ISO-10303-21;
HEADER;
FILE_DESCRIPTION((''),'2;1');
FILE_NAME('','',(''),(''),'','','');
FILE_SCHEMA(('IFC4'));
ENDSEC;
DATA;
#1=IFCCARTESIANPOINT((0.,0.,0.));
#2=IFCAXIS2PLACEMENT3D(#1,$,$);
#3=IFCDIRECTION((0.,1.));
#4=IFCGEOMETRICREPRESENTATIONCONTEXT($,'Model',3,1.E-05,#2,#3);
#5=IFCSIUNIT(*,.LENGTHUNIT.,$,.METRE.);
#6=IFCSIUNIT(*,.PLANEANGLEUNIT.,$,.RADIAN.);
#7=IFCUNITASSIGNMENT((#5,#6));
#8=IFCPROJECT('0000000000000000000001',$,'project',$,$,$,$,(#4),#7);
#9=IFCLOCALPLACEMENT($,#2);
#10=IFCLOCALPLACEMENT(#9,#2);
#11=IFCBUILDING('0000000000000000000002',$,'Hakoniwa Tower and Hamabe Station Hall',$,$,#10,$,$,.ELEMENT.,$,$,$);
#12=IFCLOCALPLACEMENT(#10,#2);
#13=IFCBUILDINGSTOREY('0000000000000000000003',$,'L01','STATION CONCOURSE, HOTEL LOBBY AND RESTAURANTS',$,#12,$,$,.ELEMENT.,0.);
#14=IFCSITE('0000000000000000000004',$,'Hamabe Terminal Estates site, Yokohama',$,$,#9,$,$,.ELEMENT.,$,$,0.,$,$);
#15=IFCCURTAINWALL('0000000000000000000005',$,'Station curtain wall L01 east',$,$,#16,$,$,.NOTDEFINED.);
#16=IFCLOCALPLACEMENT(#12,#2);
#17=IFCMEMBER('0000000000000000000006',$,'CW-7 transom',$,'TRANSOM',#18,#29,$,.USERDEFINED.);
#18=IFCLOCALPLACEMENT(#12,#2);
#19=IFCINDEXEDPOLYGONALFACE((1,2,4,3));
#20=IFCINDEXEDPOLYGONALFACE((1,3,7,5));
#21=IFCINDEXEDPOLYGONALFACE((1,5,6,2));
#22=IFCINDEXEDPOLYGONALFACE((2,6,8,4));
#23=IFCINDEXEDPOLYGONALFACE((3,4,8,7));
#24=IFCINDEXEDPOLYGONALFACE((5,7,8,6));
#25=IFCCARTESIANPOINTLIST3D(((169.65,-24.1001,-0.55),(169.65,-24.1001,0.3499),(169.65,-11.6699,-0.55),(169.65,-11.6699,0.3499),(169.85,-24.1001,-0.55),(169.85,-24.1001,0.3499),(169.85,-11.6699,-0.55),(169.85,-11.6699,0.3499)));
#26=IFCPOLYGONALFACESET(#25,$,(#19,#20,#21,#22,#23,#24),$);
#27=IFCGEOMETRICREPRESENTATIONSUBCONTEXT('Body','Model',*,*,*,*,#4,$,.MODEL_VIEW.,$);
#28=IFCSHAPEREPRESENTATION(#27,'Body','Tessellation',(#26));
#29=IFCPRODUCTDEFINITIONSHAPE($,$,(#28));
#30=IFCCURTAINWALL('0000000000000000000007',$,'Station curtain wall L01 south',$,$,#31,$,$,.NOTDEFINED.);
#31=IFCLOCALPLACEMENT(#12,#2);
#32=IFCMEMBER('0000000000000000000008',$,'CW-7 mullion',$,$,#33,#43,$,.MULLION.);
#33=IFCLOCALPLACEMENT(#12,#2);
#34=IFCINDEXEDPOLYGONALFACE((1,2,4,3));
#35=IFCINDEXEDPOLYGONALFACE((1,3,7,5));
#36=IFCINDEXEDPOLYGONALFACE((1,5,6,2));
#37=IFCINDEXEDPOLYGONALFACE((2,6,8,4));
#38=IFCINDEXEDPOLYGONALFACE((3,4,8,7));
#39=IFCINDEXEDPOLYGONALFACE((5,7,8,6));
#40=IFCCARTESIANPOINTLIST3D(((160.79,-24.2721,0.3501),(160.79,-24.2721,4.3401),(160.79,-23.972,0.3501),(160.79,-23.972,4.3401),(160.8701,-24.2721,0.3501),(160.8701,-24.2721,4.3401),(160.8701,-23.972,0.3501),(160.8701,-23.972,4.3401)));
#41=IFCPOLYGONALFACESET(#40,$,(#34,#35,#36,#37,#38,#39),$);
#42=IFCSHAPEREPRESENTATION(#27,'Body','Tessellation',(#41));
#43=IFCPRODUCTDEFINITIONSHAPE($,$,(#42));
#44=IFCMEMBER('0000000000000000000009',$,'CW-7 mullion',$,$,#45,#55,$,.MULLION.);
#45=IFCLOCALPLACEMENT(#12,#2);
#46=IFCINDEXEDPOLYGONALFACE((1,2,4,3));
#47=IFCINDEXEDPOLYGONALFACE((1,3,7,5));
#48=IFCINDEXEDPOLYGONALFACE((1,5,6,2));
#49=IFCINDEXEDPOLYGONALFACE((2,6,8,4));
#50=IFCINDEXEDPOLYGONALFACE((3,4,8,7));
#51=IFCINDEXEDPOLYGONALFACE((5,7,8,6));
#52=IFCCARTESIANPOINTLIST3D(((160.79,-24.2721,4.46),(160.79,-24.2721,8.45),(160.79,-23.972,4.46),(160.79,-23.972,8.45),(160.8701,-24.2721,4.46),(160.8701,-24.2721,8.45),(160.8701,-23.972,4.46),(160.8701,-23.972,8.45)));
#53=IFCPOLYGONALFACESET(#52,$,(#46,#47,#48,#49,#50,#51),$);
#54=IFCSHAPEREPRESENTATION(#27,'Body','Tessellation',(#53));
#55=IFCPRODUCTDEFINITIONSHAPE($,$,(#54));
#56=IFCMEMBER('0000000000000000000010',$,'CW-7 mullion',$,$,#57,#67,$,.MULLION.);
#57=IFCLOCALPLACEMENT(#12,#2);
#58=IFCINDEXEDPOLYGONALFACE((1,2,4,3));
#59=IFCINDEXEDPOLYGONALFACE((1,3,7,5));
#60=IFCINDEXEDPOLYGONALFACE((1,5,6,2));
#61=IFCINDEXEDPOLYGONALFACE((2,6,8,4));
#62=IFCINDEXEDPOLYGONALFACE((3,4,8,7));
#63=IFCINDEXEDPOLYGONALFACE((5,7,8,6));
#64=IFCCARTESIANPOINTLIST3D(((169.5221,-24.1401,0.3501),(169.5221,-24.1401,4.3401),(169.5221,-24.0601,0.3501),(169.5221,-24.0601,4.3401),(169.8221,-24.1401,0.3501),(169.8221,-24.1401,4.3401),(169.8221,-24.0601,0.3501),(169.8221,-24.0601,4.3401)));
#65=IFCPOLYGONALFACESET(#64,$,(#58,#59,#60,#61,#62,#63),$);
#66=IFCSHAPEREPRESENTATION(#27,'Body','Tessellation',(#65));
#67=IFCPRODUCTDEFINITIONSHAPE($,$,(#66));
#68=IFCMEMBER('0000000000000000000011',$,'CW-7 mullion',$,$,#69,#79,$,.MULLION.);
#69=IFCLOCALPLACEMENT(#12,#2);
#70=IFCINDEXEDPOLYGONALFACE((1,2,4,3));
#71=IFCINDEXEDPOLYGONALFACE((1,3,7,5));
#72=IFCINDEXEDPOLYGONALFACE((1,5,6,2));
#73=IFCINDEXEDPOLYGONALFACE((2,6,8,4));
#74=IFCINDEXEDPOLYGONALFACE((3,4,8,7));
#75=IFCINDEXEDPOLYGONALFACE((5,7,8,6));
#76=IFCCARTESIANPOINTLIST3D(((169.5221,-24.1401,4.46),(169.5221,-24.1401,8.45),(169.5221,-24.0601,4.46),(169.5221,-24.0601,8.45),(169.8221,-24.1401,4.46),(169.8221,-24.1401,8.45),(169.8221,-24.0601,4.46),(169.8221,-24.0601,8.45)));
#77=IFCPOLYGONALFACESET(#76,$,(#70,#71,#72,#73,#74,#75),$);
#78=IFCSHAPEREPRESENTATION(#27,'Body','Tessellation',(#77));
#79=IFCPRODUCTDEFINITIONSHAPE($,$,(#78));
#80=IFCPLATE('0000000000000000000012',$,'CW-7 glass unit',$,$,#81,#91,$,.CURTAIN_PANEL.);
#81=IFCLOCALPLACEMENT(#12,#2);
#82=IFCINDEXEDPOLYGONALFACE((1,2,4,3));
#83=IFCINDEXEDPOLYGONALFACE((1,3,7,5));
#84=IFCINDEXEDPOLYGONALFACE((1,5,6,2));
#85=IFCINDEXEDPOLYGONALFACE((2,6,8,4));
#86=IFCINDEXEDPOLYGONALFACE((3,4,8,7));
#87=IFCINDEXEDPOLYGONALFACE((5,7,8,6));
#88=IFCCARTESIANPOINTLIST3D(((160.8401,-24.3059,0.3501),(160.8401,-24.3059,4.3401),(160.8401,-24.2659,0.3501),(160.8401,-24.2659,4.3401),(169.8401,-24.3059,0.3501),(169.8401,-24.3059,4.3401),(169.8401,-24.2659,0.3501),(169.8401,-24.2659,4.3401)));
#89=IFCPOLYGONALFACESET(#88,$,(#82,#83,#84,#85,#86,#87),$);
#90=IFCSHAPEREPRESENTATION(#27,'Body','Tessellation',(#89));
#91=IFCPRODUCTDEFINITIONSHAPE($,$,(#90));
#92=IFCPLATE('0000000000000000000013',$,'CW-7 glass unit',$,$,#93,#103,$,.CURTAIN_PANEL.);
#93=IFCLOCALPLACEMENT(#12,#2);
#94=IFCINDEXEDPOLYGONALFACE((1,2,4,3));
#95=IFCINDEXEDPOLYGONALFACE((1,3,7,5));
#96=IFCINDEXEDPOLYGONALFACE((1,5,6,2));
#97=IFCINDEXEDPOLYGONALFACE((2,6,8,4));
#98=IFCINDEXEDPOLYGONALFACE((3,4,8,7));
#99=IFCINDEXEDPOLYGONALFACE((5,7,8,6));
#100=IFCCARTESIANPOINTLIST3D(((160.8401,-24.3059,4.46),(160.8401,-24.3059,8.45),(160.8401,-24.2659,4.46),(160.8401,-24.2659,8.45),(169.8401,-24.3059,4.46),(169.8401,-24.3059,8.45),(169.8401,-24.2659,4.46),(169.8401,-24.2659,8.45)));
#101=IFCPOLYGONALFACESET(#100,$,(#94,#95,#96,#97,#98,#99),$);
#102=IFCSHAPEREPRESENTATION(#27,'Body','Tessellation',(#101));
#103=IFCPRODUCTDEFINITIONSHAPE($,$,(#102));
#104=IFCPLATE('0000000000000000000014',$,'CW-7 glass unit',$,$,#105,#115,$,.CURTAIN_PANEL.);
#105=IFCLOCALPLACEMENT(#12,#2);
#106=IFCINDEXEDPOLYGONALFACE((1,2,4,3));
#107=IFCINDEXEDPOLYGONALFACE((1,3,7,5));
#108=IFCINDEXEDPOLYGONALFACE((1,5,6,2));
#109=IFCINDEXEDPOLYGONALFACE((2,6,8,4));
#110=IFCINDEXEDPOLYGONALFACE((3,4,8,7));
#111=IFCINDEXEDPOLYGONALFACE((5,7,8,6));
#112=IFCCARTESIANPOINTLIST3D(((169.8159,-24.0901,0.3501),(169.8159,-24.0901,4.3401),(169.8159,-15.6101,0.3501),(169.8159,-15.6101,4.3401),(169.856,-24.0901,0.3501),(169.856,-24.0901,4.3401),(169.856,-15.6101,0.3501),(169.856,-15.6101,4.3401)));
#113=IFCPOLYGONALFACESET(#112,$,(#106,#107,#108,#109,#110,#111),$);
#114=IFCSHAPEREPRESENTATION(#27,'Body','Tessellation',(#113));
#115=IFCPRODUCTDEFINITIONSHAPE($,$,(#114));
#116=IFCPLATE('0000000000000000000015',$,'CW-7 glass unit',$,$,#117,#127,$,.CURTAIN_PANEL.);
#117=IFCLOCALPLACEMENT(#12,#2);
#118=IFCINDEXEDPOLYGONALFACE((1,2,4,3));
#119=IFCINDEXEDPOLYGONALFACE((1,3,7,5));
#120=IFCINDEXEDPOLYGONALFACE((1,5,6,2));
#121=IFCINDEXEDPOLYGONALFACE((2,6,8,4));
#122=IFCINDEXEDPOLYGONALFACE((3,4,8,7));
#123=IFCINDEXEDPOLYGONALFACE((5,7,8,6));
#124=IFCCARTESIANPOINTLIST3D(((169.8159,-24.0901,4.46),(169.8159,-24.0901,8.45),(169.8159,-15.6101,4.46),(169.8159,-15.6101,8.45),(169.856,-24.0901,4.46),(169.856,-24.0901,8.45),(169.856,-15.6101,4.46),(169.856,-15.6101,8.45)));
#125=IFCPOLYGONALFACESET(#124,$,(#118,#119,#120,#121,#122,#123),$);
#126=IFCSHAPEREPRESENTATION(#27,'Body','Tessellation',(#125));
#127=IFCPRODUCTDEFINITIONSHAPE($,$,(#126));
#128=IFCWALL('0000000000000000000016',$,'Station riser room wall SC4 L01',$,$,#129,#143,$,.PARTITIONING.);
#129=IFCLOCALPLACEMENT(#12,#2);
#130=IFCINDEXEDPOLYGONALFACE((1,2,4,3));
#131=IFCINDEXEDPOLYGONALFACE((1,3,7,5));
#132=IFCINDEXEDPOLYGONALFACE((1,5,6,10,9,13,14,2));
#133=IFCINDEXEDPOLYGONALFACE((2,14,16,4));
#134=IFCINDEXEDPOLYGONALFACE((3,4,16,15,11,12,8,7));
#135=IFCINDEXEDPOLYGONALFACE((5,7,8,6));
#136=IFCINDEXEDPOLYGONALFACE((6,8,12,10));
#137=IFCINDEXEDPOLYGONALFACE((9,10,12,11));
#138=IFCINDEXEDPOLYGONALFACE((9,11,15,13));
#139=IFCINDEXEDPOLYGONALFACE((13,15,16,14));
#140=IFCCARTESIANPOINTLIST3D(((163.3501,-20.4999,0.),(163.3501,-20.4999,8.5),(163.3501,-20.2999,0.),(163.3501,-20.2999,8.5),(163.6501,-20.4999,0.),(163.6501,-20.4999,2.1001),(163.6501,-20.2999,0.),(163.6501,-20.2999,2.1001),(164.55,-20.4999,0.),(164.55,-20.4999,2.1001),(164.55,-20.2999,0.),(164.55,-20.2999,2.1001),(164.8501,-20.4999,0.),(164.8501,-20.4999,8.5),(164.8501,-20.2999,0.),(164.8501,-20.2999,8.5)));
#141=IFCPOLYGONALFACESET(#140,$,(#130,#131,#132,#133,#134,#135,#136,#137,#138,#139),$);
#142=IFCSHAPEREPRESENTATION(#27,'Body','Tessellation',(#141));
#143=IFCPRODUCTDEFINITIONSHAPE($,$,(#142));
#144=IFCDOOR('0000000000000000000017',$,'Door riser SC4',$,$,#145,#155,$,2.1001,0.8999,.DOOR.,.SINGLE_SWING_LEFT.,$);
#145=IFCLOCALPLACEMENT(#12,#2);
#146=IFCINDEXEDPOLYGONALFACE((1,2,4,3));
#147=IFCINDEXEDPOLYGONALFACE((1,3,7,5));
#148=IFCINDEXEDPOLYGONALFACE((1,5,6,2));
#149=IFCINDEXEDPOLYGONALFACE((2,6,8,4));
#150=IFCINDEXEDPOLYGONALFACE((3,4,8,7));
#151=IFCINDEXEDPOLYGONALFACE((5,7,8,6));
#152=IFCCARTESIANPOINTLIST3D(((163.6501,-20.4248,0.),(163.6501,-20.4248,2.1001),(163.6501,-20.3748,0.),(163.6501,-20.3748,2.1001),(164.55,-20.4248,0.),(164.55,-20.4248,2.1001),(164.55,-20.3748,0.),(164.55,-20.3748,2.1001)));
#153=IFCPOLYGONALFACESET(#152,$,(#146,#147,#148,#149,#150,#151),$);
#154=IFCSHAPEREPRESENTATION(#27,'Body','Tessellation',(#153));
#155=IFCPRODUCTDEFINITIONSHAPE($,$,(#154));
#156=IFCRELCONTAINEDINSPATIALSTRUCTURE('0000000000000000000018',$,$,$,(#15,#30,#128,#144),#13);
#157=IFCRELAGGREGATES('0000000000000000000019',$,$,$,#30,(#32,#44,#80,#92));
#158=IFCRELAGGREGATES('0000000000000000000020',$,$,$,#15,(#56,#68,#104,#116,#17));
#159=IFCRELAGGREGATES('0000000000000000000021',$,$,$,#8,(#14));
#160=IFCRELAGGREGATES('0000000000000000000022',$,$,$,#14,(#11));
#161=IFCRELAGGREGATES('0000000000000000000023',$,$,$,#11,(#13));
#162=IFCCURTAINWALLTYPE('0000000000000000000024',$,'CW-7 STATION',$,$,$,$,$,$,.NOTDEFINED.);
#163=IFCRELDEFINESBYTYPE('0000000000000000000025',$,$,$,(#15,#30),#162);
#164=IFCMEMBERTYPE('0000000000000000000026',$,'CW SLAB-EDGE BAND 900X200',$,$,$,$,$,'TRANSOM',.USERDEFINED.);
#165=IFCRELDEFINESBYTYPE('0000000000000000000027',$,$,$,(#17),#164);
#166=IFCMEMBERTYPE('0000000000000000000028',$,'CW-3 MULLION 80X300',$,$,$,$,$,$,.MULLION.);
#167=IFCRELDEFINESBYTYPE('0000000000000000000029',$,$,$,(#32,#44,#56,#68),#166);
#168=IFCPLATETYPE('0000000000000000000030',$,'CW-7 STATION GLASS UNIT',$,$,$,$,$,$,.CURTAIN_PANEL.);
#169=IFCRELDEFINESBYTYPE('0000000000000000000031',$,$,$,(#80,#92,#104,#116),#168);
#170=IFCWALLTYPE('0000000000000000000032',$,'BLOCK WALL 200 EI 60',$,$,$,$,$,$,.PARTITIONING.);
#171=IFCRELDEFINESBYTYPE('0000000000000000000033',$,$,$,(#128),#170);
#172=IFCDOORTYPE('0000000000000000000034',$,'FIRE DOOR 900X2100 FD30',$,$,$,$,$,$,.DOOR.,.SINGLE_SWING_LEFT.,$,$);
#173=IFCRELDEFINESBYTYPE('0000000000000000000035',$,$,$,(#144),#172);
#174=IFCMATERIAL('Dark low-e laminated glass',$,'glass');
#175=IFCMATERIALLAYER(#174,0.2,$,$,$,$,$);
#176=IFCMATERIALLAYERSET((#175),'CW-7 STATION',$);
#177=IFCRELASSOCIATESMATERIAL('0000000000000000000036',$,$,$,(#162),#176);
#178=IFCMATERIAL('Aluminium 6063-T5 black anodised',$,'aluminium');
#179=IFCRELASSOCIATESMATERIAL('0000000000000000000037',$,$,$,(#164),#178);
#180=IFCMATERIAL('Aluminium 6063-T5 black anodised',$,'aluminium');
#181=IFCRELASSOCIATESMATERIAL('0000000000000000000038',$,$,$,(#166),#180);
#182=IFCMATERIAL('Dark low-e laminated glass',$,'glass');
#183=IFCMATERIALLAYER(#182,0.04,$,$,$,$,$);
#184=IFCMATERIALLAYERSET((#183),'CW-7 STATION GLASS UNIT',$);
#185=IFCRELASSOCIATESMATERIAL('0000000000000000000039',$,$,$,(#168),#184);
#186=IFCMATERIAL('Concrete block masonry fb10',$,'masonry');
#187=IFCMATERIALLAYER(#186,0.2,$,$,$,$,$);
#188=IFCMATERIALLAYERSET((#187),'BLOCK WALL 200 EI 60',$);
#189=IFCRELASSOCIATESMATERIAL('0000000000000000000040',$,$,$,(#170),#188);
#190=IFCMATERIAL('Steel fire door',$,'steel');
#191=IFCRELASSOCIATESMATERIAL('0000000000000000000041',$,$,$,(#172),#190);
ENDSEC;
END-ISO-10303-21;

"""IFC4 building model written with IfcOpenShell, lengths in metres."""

from ifc_helpers import new_model, si_unit, direction, frame, frame_2d, origin, origin_2d, place, context, subcontext, project, spatial, rectangle, extrude, material, layer, layer_set, material_profile, profile_set, type_object, element, fill, aggregate, save


model = new_model("IFC4")

# Units and contexts
model_context = context("Model", 3, precision=1e-05, world=origin(), true_north=direction((0.0, 1.0)))
body_context = subcontext(model_context, "Body", "Model", "MODEL_VIEW")
ifc_project = project(units=[si_unit("LENGTHUNIT", "METRE"), si_unit("PLANEANGLEUNIT", "RADIAN")], contexts=[model_context])

# Site, building, storey
site_placement = place(None, origin())
site = spatial("IfcSite", under=ifc_project, at=site_placement, Name="Hamabe Terminal Estates site, Yokohama", CompositionType="ELEMENT", RefElevation=0.0)
building_placement = place(site_placement, origin())
building = spatial("IfcBuilding", under=site, at=building_placement, Name="Hakoniwa Tower and Hamabe Station Hall", CompositionType="ELEMENT")
storey_placement = place(building_placement, origin())
storey = spatial("IfcBuildingStorey", under=building, at=storey_placement, Name="L01", Description="STATION CONCOURSE, HOTEL LOBBY AND RESTAURANTS", CompositionType="ELEMENT", Elevation=0.0)

# Curtain walls, members
ifc_material_1 = material(Name="Dark low-e laminated glass", Category="glass")
ifc_layer_1 = layer(ifc_material_1, 0.2)
ifc_layer_set_1 = layer_set([ifc_layer_1], Name="CW-7 STATION")
curtain_wall_type = type_object("IfcCurtainWallType", Name="CW-7 STATION", PredefinedType="NOTDEFINED", material=ifc_layer_set_1)
curtain_wall_1_placement = place(storey_placement, origin())
curtain_wall_1 = element("IfcCurtainWall", 1, at=curtain_wall_1_placement, inside=storey, type_object=curtain_wall_type, Name="Station curtain wall L01 east", PredefinedType="NOTDEFINED")
ifc_material_2 = material(Name="Aluminium 6063-T5 black anodised", Category="aluminium")
ifc_material_profile_1 = material_profile(ifc_material_2, rectangle(XDim=0.2, YDim=0.8999, at=origin_2d()), Name="CW SLAB-EDGE BAND 900X200")
ifc_profile_set_1 = profile_set([ifc_material_profile_1], Name="Aluminium 6063-T5 black anodised")
member_type_1 = type_object("IfcMemberType", Name="CW SLAB-EDGE BAND 900X200", ElementType="TRANSOM", PredefinedType="USERDEFINED", material=ifc_profile_set_1)
member_1_placement = place(storey_placement, frame((169.75, -24.1001, -0.1001), z_axis=(0.0, 1.0, 0.0), x_axis=(-1.0, 0.0, 0.0)))
member_1 = element("IfcMember", 2, at=member_1_placement, type_object=member_type_1, Name="CW-7 transom", ObjectType="TRANSOM", PredefinedType="USERDEFINED", context=body_context, shape_type="SweptSolid", body=[
    extrude(rectangle(XDim=0.2, YDim=0.8999, at=origin_2d()), origin(), (0.0, 0.0, 1.0), 12.4302),
])
curtain_wall_2_placement = place(storey_placement, origin())
curtain_wall_2 = element("IfcCurtainWall", 3, at=curtain_wall_2_placement, inside=storey, type_object=curtain_wall_type, Name="Station curtain wall L01 south", PredefinedType="NOTDEFINED")
ifc_material_3 = material(Name="Aluminium 6063-T5 black anodised", Category="aluminium")
ifc_material_profile_2 = material_profile(ifc_material_3, rectangle(XDim=0.0801, YDim=0.3, at=origin_2d()), Name="CW-3 MULLION 80X300")
ifc_profile_set_2 = profile_set([ifc_material_profile_2], Name="Aluminium 6063-T5 black anodised")
member_type_2 = type_object("IfcMemberType", Name="CW-3 MULLION 80X300", PredefinedType="MULLION", material=ifc_profile_set_2)
member_2_placement = place(storey_placement, frame((160.8301, -24.1221, 0.3501), z_axis=(0.0, 0.0, 1.0), x_axis=(1.0, 0.0, 0.0)))
member_2 = element("IfcMember", 4, at=member_2_placement, type_object=member_type_2, Name="CW-7 mullion", PredefinedType="MULLION", context=body_context, shape_type="SweptSolid", body=[
    extrude(rectangle(XDim=0.0801, YDim=0.3, at=origin_2d()), origin(), (0.0, 0.0, 1.0), 3.99),
])
member_3_placement = place(storey_placement, frame((160.8301, -24.1221, 4.46), z_axis=(0.0, 0.0, 1.0), x_axis=(1.0, 0.0, 0.0)))
member_3 = element("IfcMember", 5, at=member_3_placement, type_object=member_type_2, Name="CW-7 mullion", PredefinedType="MULLION", context=body_context, shape_type="SweptSolid", body=[
    extrude(rectangle(XDim=0.0801, YDim=0.3, at=origin_2d()), origin(), (0.0, 0.0, 1.0), 3.99),
])

# Members
member_4_placement = place(storey_placement, frame((169.6721, -24.1001, 0.3501), z_axis=(0.0, 0.0, 1.0), x_axis=(0.0, 1.0, 0.0)))
member_4 = element("IfcMember", 6, at=member_4_placement, type_object=member_type_2, Name="CW-7 mullion", PredefinedType="MULLION", context=body_context, shape_type="SweptSolid", body=[
    extrude(rectangle(XDim=0.0801, YDim=0.3, at=origin_2d()), origin(), (0.0, 0.0, 1.0), 3.99),
])
member_5_placement = place(storey_placement, frame((169.6721, -24.1001, 4.46), z_axis=(0.0, 0.0, 1.0), x_axis=(0.0, 1.0, 0.0)))
member_5 = element("IfcMember", 7, at=member_5_placement, type_object=member_type_2, Name="CW-7 mullion", PredefinedType="MULLION", context=body_context, shape_type="SweptSolid", body=[
    extrude(rectangle(XDim=0.0801, YDim=0.3, at=origin_2d()), origin(), (0.0, 0.0, 1.0), 3.99),
])

# Plates
ifc_material_4 = material(Name="Dark low-e laminated glass", Category="glass")
ifc_layer_2 = layer(ifc_material_4, 0.04)
ifc_layer_set_2 = layer_set([ifc_layer_2], Name="CW-7 STATION GLASS UNIT")
plate_type = type_object("IfcPlateType", Name="CW-7 STATION GLASS UNIT", PredefinedType="CURTAIN_PANEL", material=ifc_layer_set_2)
plate_1_placement = place(storey_placement, frame((165.3401, -24.2859, 0.3501), z_axis=(0.0, 0.0, 1.0), x_axis=(1.0, 0.0, 0.0)))
plate_1 = element("IfcPlate", 8, at=plate_1_placement, type_object=plate_type, Name="CW-7 glass unit", PredefinedType="CURTAIN_PANEL", context=body_context, shape_type="SweptSolid", body=[
    extrude(rectangle(XDim=9.0, YDim=0.04, at=origin_2d()), origin(), (0.0, 0.0, 1.0), 3.99),
])
plate_2_placement = place(storey_placement, frame((165.3401, -24.2859, 4.46), z_axis=(0.0, 0.0, 1.0), x_axis=(1.0, 0.0, 0.0)))
plate_2 = element("IfcPlate", 9, at=plate_2_placement, type_object=plate_type, Name="CW-7 glass unit", PredefinedType="CURTAIN_PANEL", context=body_context, shape_type="SweptSolid", body=[
    extrude(rectangle(XDim=9.0, YDim=0.04, at=origin_2d()), origin(), (0.0, 0.0, 1.0), 3.99),
])
aggregate(curtain_wall_2, [member_2, member_3, plate_1, plate_2])
plate_3_placement = place(storey_placement, frame((169.8359, -19.8501, 0.3501), z_axis=(0.0, 0.0, 1.0), x_axis=(0.0, 1.0, 0.0)))
plate_3 = element("IfcPlate", 10, at=plate_3_placement, type_object=plate_type, Name="CW-7 glass unit", PredefinedType="CURTAIN_PANEL", context=body_context, shape_type="SweptSolid", body=[
    extrude(rectangle(XDim=8.48, YDim=0.04, at=origin_2d()), origin(), (0.0, 0.0, 1.0), 3.99),
])
plate_4_placement = place(storey_placement, frame((169.8359, -19.8501, 4.46), z_axis=(0.0, 0.0, 1.0), x_axis=(0.0, 1.0, 0.0)))
plate_4 = element("IfcPlate", 11, at=plate_4_placement, type_object=plate_type, Name="CW-7 glass unit", PredefinedType="CURTAIN_PANEL", context=body_context, shape_type="SweptSolid", body=[
    extrude(rectangle(XDim=8.48, YDim=0.04, at=origin_2d()), origin(), (0.0, 0.0, 1.0), 3.99),
])
aggregate(curtain_wall_1, [member_4, member_5, plate_3, plate_4, member_1])

# Wall, opening, door
ifc_material_5 = material(Name="Concrete block masonry fb10", Category="masonry")
ifc_layer_3 = layer(ifc_material_5, 0.2)
ifc_layer_set_3 = layer_set([ifc_layer_3], Name="BLOCK WALL 200 EI 60")
wall_type_1 = type_object("IfcWallType", Name="BLOCK WALL 200 EI 60", PredefinedType="PARTITIONING", material=ifc_layer_set_3)
wall_1_placement = place(storey_placement, frame((164.8501, -20.3999, 0.0), z_axis=(0.0, 0.0, 1.0), x_axis=(-1.0, 0.0, 0.0)))
wall_1 = element("IfcWall", 12, at=wall_1_placement, inside=storey, type_object=wall_type_1, Name="Station riser room wall SC4 L01", PredefinedType="PARTITIONING", context=body_context, shape_type="SweptSolid", body=[
    extrude(rectangle(XDim=1.5, YDim=0.2, at=frame_2d((0.75, 0.0))), origin(), (0.0, 0.0, 1.0), 8.5),
])
opening_1_placement = place(wall_1_placement, frame((0.3, 0.0, 0.0)))
opening_1 = element("IfcOpeningElement", 13, at=opening_1_placement, cuts=wall_1, PredefinedType="OPENING", context=body_context, shape_type="SweptSolid", body=[
    extrude(rectangle(XDim=0.8999, YDim=2.1001, at=frame_2d((0.45, 1.05))), frame((0.0, 0.1099, 0.0), z_axis=(0.0, -1.0, 0.0), x_axis=(1.0, 0.0, 0.0)), (0.0, 0.0, 1.0), 0.22),
])
ifc_material_6 = material(Name="Steel fire door", Category="steel")
door_type_1 = type_object("IfcDoorType", Name="FIRE DOOR 900X2100 FD30", OperationType="SINGLE_SWING_LEFT", PredefinedType="DOOR", material=ifc_material_6)
door_1_placement = place(opening_1_placement, origin())
door_1 = element("IfcDoor", 14, at=door_1_placement, inside=storey, type_object=door_type_1, Name="Door riser SC4", OperationType="SINGLE_SWING_LEFT", OverallHeight=2.1001, OverallWidth=0.8999, PredefinedType="DOOR", context=body_context, shape_type="SweptSolid", body=[
    extrude(rectangle(XDim=0.8999, YDim=2.1001, at=frame_2d((0.45, 1.05))), frame((0.0, 0.0249, 0.0), z_axis=(0.0, -1.0, 0.0), x_axis=(1.0, 0.0, 0.0)), (0.0, 0.0, 1.0), 0.05),
])
fill(opening_1, door_1)

save(model, "model.ifc")
